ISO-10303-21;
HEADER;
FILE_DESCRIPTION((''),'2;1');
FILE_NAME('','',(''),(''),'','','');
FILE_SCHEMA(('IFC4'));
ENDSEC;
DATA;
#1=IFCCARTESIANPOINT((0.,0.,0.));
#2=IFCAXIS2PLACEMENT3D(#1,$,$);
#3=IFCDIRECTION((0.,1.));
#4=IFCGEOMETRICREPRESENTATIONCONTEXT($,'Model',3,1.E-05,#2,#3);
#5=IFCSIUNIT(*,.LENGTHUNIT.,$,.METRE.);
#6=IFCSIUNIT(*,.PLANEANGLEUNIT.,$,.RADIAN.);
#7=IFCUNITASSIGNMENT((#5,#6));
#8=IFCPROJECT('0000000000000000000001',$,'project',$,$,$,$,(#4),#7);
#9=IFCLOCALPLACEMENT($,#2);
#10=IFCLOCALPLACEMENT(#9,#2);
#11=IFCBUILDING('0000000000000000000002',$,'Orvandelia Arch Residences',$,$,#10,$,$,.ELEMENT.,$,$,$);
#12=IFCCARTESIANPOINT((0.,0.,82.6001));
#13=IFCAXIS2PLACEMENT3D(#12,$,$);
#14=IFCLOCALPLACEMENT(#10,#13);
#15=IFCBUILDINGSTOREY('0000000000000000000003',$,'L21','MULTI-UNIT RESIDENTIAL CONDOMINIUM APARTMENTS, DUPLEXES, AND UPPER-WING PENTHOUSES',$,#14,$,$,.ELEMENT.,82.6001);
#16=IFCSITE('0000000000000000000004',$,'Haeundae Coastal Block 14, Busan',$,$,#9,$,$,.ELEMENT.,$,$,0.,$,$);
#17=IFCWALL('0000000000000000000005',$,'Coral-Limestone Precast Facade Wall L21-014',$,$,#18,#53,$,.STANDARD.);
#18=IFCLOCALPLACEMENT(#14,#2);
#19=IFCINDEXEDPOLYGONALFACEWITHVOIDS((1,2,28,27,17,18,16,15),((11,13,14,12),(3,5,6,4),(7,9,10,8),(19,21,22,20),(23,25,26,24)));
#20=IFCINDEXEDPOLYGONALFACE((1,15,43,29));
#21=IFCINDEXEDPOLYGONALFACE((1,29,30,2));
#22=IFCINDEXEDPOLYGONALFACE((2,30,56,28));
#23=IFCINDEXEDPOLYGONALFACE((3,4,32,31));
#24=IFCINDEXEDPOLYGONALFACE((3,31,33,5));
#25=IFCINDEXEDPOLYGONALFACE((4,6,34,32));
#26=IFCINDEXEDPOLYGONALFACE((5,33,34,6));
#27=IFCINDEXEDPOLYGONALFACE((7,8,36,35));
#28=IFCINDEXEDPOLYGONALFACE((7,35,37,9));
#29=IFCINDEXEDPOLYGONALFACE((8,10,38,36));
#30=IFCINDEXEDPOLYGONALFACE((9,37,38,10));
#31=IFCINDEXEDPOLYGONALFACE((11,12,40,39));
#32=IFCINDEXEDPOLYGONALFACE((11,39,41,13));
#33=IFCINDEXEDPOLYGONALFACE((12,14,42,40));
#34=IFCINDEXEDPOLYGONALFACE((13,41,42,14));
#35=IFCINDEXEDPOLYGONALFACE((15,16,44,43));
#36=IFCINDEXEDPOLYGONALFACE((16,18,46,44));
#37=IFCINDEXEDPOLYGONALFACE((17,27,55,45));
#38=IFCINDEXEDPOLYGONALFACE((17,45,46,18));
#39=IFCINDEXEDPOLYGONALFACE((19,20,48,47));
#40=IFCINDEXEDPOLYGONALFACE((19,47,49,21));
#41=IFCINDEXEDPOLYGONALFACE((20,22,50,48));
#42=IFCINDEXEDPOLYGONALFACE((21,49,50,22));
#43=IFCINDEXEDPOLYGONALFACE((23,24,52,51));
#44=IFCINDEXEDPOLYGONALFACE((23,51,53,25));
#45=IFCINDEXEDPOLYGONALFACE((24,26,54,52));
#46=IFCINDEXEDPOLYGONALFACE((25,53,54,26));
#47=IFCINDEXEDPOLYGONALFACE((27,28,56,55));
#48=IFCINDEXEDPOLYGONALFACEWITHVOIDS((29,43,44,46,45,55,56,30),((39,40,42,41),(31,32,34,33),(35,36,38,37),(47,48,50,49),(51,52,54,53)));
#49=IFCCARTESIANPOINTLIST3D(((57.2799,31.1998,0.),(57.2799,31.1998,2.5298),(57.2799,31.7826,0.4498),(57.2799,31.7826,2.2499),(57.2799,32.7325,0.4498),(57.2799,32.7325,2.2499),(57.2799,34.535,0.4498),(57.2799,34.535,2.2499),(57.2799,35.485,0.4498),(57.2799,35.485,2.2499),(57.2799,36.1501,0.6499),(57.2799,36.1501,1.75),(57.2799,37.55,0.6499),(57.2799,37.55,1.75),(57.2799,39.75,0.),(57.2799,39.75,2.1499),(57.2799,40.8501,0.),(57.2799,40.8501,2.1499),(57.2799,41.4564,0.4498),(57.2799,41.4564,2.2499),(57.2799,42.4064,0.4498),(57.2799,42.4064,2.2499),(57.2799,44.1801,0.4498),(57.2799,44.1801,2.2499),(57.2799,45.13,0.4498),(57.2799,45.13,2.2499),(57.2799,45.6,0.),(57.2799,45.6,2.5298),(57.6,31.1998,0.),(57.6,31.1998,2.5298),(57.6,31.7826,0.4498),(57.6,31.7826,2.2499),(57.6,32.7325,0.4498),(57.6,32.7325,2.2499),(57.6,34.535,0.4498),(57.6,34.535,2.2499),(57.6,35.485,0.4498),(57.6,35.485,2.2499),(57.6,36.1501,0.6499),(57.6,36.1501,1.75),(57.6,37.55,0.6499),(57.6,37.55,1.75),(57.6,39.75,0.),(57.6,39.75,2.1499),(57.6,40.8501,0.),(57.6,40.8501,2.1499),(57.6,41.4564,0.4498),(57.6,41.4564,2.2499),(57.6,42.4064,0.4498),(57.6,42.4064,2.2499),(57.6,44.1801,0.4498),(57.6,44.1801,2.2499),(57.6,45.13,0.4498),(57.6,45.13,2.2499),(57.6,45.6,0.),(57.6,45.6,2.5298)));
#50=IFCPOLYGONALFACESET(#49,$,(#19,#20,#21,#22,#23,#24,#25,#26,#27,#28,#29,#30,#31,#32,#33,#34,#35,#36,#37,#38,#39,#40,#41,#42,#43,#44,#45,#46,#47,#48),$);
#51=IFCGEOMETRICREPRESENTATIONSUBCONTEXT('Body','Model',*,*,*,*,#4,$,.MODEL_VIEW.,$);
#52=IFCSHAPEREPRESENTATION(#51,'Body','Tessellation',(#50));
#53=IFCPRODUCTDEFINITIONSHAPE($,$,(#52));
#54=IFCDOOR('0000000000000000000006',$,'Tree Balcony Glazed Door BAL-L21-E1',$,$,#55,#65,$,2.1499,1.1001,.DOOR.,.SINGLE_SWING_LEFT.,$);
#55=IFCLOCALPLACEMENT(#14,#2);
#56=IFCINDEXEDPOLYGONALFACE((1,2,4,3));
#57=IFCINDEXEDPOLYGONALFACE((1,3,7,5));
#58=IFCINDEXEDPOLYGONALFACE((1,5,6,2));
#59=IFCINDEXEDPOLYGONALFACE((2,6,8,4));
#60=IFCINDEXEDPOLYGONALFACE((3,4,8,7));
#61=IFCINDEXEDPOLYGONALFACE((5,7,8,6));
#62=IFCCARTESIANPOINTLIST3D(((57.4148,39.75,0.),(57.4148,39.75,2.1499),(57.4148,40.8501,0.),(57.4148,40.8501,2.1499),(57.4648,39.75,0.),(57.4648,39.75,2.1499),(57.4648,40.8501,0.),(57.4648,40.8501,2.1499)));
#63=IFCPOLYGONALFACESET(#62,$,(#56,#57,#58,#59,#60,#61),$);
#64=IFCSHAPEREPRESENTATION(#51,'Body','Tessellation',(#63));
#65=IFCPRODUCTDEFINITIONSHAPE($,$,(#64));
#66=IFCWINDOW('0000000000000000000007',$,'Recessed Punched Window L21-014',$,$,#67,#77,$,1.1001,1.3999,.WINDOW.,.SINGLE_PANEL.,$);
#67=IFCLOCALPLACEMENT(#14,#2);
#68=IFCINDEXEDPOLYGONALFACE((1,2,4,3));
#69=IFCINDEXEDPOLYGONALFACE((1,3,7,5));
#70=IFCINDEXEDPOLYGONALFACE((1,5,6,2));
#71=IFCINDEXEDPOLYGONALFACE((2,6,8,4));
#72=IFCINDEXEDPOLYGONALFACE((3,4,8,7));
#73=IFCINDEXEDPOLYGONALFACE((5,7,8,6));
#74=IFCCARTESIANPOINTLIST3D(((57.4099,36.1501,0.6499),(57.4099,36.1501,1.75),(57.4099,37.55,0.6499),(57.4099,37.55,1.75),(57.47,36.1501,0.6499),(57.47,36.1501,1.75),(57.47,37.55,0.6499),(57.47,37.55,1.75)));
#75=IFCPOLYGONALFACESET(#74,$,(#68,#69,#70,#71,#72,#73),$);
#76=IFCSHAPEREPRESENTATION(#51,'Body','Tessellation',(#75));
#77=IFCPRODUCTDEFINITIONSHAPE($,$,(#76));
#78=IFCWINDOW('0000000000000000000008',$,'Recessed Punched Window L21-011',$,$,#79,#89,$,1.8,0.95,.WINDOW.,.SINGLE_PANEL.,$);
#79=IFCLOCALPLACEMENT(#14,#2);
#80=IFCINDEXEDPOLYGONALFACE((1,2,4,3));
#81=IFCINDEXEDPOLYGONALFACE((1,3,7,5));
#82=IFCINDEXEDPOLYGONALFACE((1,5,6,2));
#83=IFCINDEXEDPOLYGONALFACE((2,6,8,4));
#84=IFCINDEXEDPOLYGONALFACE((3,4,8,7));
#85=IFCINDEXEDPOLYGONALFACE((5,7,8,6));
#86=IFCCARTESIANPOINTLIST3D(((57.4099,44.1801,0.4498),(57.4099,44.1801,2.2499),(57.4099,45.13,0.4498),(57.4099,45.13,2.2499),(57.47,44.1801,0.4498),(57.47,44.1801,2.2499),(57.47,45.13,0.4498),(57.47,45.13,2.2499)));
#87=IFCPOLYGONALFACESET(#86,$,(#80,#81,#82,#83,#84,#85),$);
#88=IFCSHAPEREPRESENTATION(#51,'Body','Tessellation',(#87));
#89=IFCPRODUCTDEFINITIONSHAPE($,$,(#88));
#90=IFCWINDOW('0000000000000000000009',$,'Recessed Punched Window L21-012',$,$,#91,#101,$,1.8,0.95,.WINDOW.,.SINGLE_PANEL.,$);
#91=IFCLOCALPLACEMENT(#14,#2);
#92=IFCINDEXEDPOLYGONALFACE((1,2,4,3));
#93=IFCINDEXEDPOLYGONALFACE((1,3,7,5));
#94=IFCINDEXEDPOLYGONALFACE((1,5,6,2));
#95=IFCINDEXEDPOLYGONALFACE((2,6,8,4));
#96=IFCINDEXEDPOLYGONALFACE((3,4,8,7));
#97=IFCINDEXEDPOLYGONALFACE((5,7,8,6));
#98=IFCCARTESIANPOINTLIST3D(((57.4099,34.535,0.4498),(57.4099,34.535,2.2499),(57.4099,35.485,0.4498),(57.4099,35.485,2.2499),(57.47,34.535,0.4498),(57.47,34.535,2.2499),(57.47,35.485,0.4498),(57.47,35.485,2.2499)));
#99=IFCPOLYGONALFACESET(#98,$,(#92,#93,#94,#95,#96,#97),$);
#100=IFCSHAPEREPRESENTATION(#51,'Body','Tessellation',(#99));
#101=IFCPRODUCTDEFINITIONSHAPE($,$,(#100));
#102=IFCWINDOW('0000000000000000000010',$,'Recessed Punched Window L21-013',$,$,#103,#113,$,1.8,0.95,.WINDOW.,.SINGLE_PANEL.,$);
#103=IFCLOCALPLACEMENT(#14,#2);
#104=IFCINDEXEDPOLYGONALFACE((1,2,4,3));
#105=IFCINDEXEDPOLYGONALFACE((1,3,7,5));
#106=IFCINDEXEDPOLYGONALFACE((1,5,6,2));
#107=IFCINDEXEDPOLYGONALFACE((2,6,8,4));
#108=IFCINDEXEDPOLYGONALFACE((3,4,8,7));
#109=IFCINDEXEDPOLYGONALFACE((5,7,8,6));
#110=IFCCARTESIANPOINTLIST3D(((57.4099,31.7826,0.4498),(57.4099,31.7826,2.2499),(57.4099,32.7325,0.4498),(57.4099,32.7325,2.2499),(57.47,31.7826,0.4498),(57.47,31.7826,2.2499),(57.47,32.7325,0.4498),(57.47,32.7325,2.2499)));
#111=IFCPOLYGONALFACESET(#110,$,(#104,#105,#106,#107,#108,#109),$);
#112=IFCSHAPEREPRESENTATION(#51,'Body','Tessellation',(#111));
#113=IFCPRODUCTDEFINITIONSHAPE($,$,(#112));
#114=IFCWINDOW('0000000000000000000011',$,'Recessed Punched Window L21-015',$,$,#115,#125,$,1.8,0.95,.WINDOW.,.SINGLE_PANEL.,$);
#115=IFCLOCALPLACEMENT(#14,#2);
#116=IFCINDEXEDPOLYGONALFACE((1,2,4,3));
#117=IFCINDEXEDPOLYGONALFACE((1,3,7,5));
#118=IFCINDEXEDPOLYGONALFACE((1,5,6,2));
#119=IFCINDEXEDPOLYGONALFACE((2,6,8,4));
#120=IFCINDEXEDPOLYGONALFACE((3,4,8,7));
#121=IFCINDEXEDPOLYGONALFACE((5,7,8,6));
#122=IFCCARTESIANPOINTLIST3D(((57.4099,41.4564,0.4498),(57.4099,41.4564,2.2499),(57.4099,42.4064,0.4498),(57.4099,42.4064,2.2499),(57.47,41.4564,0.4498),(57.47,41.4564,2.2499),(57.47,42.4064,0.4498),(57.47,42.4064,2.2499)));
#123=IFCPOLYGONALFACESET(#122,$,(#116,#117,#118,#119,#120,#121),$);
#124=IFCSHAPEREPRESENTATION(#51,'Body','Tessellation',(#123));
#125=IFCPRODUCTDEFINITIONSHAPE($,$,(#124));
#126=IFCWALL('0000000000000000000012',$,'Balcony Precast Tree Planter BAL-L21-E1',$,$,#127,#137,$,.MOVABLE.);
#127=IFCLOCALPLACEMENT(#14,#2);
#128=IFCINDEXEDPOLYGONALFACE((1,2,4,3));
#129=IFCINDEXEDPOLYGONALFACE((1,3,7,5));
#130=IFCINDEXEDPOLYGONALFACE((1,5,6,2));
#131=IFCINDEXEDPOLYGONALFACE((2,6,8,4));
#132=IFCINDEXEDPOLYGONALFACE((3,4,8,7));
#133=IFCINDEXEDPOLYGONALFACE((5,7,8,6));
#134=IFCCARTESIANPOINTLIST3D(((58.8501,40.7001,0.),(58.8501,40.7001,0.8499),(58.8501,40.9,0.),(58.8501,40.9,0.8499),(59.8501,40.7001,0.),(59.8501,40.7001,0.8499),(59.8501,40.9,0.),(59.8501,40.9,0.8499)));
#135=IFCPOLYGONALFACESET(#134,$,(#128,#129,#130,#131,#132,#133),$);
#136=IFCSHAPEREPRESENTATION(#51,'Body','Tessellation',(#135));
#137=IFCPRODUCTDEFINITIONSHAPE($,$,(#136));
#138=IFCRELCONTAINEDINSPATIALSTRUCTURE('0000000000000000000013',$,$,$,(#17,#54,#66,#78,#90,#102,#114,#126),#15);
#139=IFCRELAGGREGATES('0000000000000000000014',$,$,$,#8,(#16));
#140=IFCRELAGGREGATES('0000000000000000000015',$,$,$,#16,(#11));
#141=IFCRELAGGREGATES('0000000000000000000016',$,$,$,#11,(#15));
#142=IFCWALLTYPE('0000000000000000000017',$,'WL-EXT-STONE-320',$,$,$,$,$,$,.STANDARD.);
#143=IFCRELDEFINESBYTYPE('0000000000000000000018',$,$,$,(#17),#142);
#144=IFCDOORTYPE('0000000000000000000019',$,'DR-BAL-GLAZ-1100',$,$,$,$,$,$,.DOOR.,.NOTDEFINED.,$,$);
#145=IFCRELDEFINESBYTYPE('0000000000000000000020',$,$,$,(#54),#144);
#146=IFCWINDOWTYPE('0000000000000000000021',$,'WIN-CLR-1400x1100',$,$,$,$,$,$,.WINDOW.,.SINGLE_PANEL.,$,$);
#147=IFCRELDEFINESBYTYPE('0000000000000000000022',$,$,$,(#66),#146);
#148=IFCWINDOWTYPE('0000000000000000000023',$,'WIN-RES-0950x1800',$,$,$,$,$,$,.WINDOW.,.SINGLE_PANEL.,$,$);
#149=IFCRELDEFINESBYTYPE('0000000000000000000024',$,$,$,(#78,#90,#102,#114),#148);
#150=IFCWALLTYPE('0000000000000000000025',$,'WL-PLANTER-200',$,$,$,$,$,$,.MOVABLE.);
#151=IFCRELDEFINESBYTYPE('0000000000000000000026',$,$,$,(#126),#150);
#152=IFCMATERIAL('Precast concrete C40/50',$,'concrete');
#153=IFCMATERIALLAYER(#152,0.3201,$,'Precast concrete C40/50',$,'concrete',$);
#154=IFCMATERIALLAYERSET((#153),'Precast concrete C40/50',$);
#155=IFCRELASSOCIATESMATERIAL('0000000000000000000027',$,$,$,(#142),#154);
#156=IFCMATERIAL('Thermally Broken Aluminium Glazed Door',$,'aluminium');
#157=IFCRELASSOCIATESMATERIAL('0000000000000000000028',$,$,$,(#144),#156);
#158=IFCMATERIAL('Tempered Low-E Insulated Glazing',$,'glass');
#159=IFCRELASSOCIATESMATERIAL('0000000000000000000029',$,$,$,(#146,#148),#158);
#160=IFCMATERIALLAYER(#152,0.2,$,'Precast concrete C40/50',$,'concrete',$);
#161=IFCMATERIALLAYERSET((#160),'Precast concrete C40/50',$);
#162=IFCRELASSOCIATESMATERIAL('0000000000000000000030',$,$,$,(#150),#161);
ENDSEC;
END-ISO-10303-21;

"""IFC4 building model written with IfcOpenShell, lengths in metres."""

from ifc_helpers import new_model, si_unit, direction, frame, frame_2d, origin, place, context, subcontext, project, spatial, rectangle, extrude, material, layer, layer_set, type_object, element, fill, save


model = new_model("IFC4")

# Units and contexts
model_context = context("Model", 3, precision=1e-05, world=origin(), true_north=direction((0.0, 1.0)))
body_context = subcontext(model_context, "Body", "Model", "MODEL_VIEW")
ifc_project = project(units=[si_unit("LENGTHUNIT", "METRE"), si_unit("PLANEANGLEUNIT", "RADIAN")], contexts=[model_context])

# Site, building, storey
site_placement = place(None, origin())
site = spatial("IfcSite", under=ifc_project, at=site_placement, Name="Haeundae Coastal Block 14, Busan", CompositionType="ELEMENT", RefElevation=0.0)
building_placement = place(site_placement, origin())
building = spatial("IfcBuilding", under=site, at=building_placement, Name="Orvandelia Arch Residences", CompositionType="ELEMENT")
storey_placement = place(building_placement, frame((0.0, 0.0, 82.6001)))
storey = spatial("IfcBuildingStorey", under=building, at=storey_placement, Name="L21", Description="MULTI-UNIT RESIDENTIAL CONDOMINIUM APARTMENTS, DUPLEXES, AND UPPER-WING PENTHOUSES", CompositionType="ELEMENT", Elevation=82.6001)

# Shared definitions
ifc_material_1 = material(Name="Precast concrete C40/50", Category="concrete")
ifc_layer_1 = layer(ifc_material_1, 0.3201, Name="Precast concrete C40/50", Category="concrete")
ifc_layer_set_1 = layer_set([ifc_layer_1], Name="Precast concrete C40/50")
wall_type_1 = type_object("IfcWallType", Name="WL-EXT-STONE-320", PredefinedType="STANDARD", material=ifc_layer_set_1)

# Wall, openings, door, windows
wall_1_placement = place(storey_placement, frame((57.4399, 45.6001, 0.0), z_axis=(0.0, 0.0, 1.0), x_axis=(0.0, -1.0, 0.0)))
wall_1 = element("IfcWall", 1, at=wall_1_placement, inside=storey, type_object=wall_type_1, Name="Coral-Limestone Precast Facade Wall L21-014", PredefinedType="STANDARD", context=body_context, shape_type="SweptSolid", body=[
    extrude(rectangle(XDim=14.4001, YDim=0.3201, at=frame_2d((7.2002, 0.0))), origin(), (0.0, 0.0, 1.0), 2.5298),
])
opening_1_placement = place(wall_1_placement, frame((4.75, 0.0, 0.0)))
opening_1 = element("IfcOpeningElement", 2, at=opening_1_placement, cuts=wall_1, PredefinedType="OPENING", context=body_context, shape_type="SweptSolid", body=[
    extrude(rectangle(XDim=1.1001, YDim=2.1499, at=frame_2d((0.55, 1.075))), frame((0.0, 0.1699, 0.0), z_axis=(0.0, -1.0, 0.0), x_axis=(1.0, 0.0, 0.0)), (0.0, 0.0, 1.0), 0.3401),
])
opening_2_placement = place(wall_1_placement, frame((0.47, 0.0, 0.45)))
opening_2 = element("IfcOpeningElement", 3, at=opening_2_placement, cuts=wall_1, PredefinedType="OPENING", context=body_context, shape_type="SweptSolid", body=[
    extrude(rectangle(XDim=0.95, YDim=1.8, at=frame_2d((0.4751, 0.8999))), frame((0.0, 0.1699, 0.0), z_axis=(0.0, -1.0, 0.0), x_axis=(1.0, 0.0, 0.0)), (0.0, 0.0, 1.0), 0.3401),
])
opening_3_placement = place(wall_1_placement, frame((10.115, 0.0, 0.45)))
opening_3 = element("IfcOpeningElement", 4, at=opening_3_placement, cuts=wall_1, PredefinedType="OPENING", context=body_context, shape_type="SweptSolid", body=[
    extrude(rectangle(XDim=0.95, YDim=1.8, at=frame_2d((0.4751, 0.8999))), frame((0.0, 0.1699, 0.0), z_axis=(0.0, -1.0, 0.0), x_axis=(1.0, 0.0, 0.0)), (0.0, 0.0, 1.0), 0.3401),
])
opening_4_placement = place(wall_1_placement, frame((12.8674, 0.0, 0.45)))
opening_4 = element("IfcOpeningElement", 5, at=opening_4_placement, cuts=wall_1, PredefinedType="OPENING", context=body_context, shape_type="SweptSolid", body=[
    extrude(rectangle(XDim=0.95, YDim=1.8, at=frame_2d((0.4751, 0.8999))), frame((0.0, 0.1699, 0.0), z_axis=(0.0, -1.0, 0.0), x_axis=(1.0, 0.0, 0.0)), (0.0, 0.0, 1.0), 0.3401),
])
opening_5_placement = place(wall_1_placement, frame((8.05, 0.0, 0.6499)))
opening_5 = element("IfcOpeningElement", 6, at=opening_5_placement, cuts=wall_1, PredefinedType="OPENING", context=body_context, shape_type="SweptSolid", body=[
    extrude(rectangle(XDim=1.3999, YDim=1.1001, at=frame_2d((0.7, 0.55))), frame((0.0, 0.1699, 0.0), z_axis=(0.0, -1.0, 0.0), x_axis=(1.0, 0.0, 0.0)), (0.0, 0.0, 1.0), 0.3401),
])
opening_6_placement = place(wall_1_placement, frame((3.1936, 0.0, 0.45)))
opening_6 = element("IfcOpeningElement", 7, at=opening_6_placement, cuts=wall_1, PredefinedType="OPENING", context=body_context, shape_type="SweptSolid", body=[
    extrude(rectangle(XDim=0.95, YDim=1.8, at=frame_2d((0.4751, 0.8999))), frame((0.0, 0.1699, 0.0), z_axis=(0.0, -1.0, 0.0), x_axis=(1.0, 0.0, 0.0)), (0.0, 0.0, 1.0), 0.3401),
])
ifc_material_2 = material(Name="Thermally Broken Aluminium Glazed Door", Category="aluminium")
door_type = type_object("IfcDoorType", Name="DR-BAL-GLAZ-1100", OperationType="NOTDEFINED", PredefinedType="DOOR", material=ifc_material_2)
door_placement = place(opening_1_placement, origin())
door = element("IfcDoor", 8, at=door_placement, inside=storey, type_object=door_type, Name="Tree Balcony Glazed Door BAL-L21-E1", OperationType="SINGLE_SWING_LEFT", OverallHeight=2.1499, OverallWidth=1.1001, PredefinedType="DOOR", context=body_context, shape_type="SweptSolid", body=[
    extrude(rectangle(XDim=1.1001, YDim=2.1499, at=frame_2d((0.55, 1.075))), frame((0.0, 0.0249, 0.0), z_axis=(0.0, -1.0, 0.0), x_axis=(1.0, 0.0, 0.0)), (0.0, 0.0, 1.0), 0.05),
])
fill(opening_1, door)
ifc_material_3 = material(Name="Tempered Low-E Insulated Glazing", Category="glass")
window_type_1 = type_object("IfcWindowType", Name="WIN-CLR-1400x1100", PartitioningType="SINGLE_PANEL", PredefinedType="WINDOW", material=ifc_material_3)
window_1_placement = place(opening_5_placement, origin())
window_1 = element("IfcWindow", 9, at=window_1_placement, inside=storey, type_object=window_type_1, Name="Recessed Punched Window L21-014", OverallHeight=1.1001, OverallWidth=1.3999, PartitioningType="SINGLE_PANEL", PredefinedType="WINDOW", context=body_context, shape_type="SweptSolid", body=[
    extrude(rectangle(XDim=1.3999, YDim=1.1001, at=frame_2d((0.7, 0.55))), frame((0.0, 0.03, 0.0), z_axis=(0.0, -1.0, 0.0), x_axis=(1.0, 0.0, 0.0)), (0.0, 0.0, 1.0), 0.0601),
])
fill(opening_5, window_1)
window_type_2 = type_object("IfcWindowType", Name="WIN-RES-0950x1800", PartitioningType="SINGLE_PANEL", PredefinedType="WINDOW", material=ifc_material_3)
window_2_placement = place(opening_2_placement, origin())
window_2 = element("IfcWindow", 10, at=window_2_placement, inside=storey, type_object=window_type_2, Name="Recessed Punched Window L21-011", OverallHeight=1.8, OverallWidth=0.95, PartitioningType="SINGLE_PANEL", PredefinedType="WINDOW", context=body_context, shape_type="SweptSolid", body=[
    extrude(rectangle(XDim=0.95, YDim=1.8, at=frame_2d((0.4751, 0.8999))), frame((0.0, 0.03, 0.0), z_axis=(0.0, -1.0, 0.0), x_axis=(1.0, 0.0, 0.0)), (0.0, 0.0, 1.0), 0.0601),
])
fill(opening_2, window_2)
window_3_placement = place(opening_3_placement, origin())
window_3 = element("IfcWindow", 11, at=window_3_placement, inside=storey, type_object=window_type_2, Name="Recessed Punched Window L21-012", OverallHeight=1.8, OverallWidth=0.95, PartitioningType="SINGLE_PANEL", PredefinedType="WINDOW", context=body_context, shape_type="SweptSolid", body=[
    extrude(rectangle(XDim=0.95, YDim=1.8, at=frame_2d((0.4751, 0.8999))), frame((0.0, 0.03, 0.0), z_axis=(0.0, -1.0, 0.0), x_axis=(1.0, 0.0, 0.0)), (0.0, 0.0, 1.0), 0.0601),
])
fill(opening_3, window_3)
window_4_placement = place(opening_4_placement, origin())
window_4 = element("IfcWindow", 12, at=window_4_placement, inside=storey, type_object=window_type_2, Name="Recessed Punched Window L21-013", OverallHeight=1.8, OverallWidth=0.95, PartitioningType="SINGLE_PANEL", PredefinedType="WINDOW", context=body_context, shape_type="SweptSolid", body=[
    extrude(rectangle(XDim=0.95, YDim=1.8, at=frame_2d((0.4751, 0.8999))), frame((0.0, 0.03, 0.0), z_axis=(0.0, -1.0, 0.0), x_axis=(1.0, 0.0, 0.0)), (0.0, 0.0, 1.0), 0.0601),
])
fill(opening_4, window_4)
window_5_placement = place(opening_6_placement, origin())
window_5 = element("IfcWindow", 13, at=window_5_placement, inside=storey, type_object=window_type_2, Name="Recessed Punched Window L21-015", OverallHeight=1.8, OverallWidth=0.95, PartitioningType="SINGLE_PANEL", PredefinedType="WINDOW", context=body_context, shape_type="SweptSolid", body=[
    extrude(rectangle(XDim=0.95, YDim=1.8, at=frame_2d((0.4751, 0.8999))), frame((0.0, 0.03, 0.0), z_axis=(0.0, -1.0, 0.0), x_axis=(1.0, 0.0, 0.0)), (0.0, 0.0, 1.0), 0.0601),
])
fill(opening_6, window_5)

# Wall
ifc_layer_2 = layer(ifc_material_1, 0.2, Name="Precast concrete C40/50", Category="concrete")
ifc_layer_set_2 = layer_set([ifc_layer_2], Name="Precast concrete C40/50")
wall_type_2 = type_object("IfcWallType", Name="WL-PLANTER-200", PredefinedType="MOVABLE", material=ifc_layer_set_2)
wall_2_placement = place(storey_placement, frame((58.8501, 40.8, 0.0), z_axis=(0.0, 0.0, 1.0), x_axis=(1.0, 0.0, 0.0)))
element("IfcWall", 14, at=wall_2_placement, inside=storey, type_object=wall_type_2, Name="Balcony Precast Tree Planter BAL-L21-E1", PredefinedType="MOVABLE", context=body_context, shape_type="SweptSolid", body=[
    extrude(rectangle(XDim=1.0, YDim=0.2, at=frame_2d((0.5, 0.0))), origin(), (0.0, 0.0, 1.0), 0.8499),
])

save(model, "model.ifc")
